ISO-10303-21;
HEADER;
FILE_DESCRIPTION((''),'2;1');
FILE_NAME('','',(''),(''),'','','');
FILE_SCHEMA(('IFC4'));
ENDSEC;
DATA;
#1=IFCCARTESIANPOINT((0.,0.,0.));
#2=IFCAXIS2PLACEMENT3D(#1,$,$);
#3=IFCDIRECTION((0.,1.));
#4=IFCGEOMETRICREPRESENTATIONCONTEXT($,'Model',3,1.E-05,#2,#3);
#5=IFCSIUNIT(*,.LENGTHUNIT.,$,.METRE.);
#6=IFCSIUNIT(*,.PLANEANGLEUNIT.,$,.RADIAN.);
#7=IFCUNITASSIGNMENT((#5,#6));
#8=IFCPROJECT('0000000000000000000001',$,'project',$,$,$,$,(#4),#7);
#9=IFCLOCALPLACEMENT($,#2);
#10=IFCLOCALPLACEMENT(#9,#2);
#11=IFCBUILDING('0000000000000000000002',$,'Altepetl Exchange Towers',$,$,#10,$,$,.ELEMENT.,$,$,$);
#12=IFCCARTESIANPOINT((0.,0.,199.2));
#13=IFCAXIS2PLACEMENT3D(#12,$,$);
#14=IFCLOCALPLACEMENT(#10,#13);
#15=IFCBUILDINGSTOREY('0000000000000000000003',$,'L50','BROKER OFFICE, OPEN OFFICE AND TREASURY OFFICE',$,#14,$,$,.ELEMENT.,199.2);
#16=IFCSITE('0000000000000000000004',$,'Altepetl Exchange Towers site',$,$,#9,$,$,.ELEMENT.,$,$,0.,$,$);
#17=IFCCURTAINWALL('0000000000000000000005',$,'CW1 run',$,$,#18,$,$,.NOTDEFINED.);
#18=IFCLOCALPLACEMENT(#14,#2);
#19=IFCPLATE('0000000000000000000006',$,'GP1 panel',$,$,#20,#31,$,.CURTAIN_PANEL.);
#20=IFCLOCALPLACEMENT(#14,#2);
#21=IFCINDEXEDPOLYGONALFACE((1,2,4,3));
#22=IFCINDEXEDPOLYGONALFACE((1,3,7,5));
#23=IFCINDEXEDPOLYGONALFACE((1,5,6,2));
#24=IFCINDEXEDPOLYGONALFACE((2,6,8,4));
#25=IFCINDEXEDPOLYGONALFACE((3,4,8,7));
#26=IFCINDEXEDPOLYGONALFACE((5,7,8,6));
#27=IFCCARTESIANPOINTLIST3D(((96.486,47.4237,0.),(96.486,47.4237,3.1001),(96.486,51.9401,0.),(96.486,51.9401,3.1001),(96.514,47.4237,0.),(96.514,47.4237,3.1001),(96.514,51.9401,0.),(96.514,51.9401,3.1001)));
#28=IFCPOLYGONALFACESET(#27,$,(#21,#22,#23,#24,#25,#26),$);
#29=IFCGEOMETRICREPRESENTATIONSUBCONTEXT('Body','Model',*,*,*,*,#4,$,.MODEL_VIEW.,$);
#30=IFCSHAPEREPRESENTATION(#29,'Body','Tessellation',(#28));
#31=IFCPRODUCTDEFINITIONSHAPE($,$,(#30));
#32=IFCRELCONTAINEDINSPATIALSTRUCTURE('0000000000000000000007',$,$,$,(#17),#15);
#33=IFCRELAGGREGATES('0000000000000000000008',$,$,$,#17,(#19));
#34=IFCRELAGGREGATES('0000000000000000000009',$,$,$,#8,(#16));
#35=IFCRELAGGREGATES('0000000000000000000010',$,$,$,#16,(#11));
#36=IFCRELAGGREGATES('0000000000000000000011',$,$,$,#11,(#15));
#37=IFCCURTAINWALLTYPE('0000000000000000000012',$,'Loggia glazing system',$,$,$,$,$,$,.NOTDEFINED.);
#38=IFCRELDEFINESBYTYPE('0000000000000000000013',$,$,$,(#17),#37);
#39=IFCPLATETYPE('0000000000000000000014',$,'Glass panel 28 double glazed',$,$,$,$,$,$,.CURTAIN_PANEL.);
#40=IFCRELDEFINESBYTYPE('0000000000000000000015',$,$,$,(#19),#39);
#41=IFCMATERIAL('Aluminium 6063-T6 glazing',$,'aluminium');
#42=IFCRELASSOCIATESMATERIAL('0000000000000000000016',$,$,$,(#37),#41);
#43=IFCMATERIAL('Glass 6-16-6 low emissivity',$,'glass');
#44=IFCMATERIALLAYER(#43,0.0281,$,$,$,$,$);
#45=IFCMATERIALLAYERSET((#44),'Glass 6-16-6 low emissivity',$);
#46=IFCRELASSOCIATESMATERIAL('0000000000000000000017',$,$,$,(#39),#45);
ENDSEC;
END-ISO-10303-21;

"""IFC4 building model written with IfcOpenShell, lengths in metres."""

from ifc_helpers import new_model, si_unit, direction, frame, origin, origin_2d, place, context, subcontext, project, spatial, rectangle, extrude, material, layer, layer_set, type_object, element, aggregate, save


model = new_model("IFC4")

# Units and contexts
model_context = context("Model", 3, precision=1e-05, world=origin(), true_north=direction((0.0, 1.0)))
body_context = subcontext(model_context, "Body", "Model", "MODEL_VIEW")
ifc_project = project(units=[si_unit("LENGTHUNIT", "METRE"), si_unit("PLANEANGLEUNIT", "RADIAN")], contexts=[model_context])

# Site, building, storey
site_placement = place(None, origin())
site = spatial("IfcSite", under=ifc_project, at=site_placement, Name="Altepetl Exchange Towers site", CompositionType="ELEMENT", RefElevation=0.0)
building_placement = place(site_placement, origin())
building = spatial("IfcBuilding", under=site, at=building_placement, Name="Altepetl Exchange Towers", CompositionType="ELEMENT")
storey_placement = place(building_placement, frame((0.0, 0.0, 199.2)))
storey = spatial("IfcBuildingStorey", under=building, at=storey_placement, Name="L50", Description="BROKER OFFICE, OPEN OFFICE AND TREASURY OFFICE", CompositionType="ELEMENT", Elevation=199.2)

# Curtain wall
ifc_material_1 = material(Name="Aluminium 6063-T6 glazing", Category="aluminium")
curtain_wall_type = type_object("IfcCurtainWallType", Name="Loggia glazing system", PredefinedType="NOTDEFINED", material=ifc_material_1)
curtain_wall_1_placement = place(storey_placement, origin())
curtain_wall_1 = element("IfcCurtainWall", 1, at=curtain_wall_1_placement, inside=storey, type_object=curtain_wall_type, Name="CW1 run", PredefinedType="NOTDEFINED")

# Plate
ifc_material_2 = material(Name="Glass 6-16-6 low emissivity", Category="glass")
ifc_layer = layer(ifc_material_2, 0.0281)
ifc_layer_set = layer_set([ifc_layer], Name="Glass 6-16-6 low emissivity")
plate_type = type_object("IfcPlateType", Name="Glass panel 28 double glazed", PredefinedType="CURTAIN_PANEL", material=ifc_layer_set)
plate_1_placement = place(storey_placement, frame((96.5, 49.6819, 0.0), z_axis=(0.0, 0.0, 1.0), x_axis=(0.0, -1.0, 0.0)))
plate_1 = element("IfcPlate", 2, at=plate_1_placement, type_object=plate_type, Name="GP1 panel", PredefinedType="CURTAIN_PANEL", context=body_context, shape_type="SweptSolid", body=[
    extrude(rectangle(XDim=4.5164, YDim=0.0281, at=origin_2d()), origin(), (0.0, 0.0, 1.0), 3.1001),
])
aggregate(curtain_wall_1, [plate_1])

save(model, "model.ifc")
